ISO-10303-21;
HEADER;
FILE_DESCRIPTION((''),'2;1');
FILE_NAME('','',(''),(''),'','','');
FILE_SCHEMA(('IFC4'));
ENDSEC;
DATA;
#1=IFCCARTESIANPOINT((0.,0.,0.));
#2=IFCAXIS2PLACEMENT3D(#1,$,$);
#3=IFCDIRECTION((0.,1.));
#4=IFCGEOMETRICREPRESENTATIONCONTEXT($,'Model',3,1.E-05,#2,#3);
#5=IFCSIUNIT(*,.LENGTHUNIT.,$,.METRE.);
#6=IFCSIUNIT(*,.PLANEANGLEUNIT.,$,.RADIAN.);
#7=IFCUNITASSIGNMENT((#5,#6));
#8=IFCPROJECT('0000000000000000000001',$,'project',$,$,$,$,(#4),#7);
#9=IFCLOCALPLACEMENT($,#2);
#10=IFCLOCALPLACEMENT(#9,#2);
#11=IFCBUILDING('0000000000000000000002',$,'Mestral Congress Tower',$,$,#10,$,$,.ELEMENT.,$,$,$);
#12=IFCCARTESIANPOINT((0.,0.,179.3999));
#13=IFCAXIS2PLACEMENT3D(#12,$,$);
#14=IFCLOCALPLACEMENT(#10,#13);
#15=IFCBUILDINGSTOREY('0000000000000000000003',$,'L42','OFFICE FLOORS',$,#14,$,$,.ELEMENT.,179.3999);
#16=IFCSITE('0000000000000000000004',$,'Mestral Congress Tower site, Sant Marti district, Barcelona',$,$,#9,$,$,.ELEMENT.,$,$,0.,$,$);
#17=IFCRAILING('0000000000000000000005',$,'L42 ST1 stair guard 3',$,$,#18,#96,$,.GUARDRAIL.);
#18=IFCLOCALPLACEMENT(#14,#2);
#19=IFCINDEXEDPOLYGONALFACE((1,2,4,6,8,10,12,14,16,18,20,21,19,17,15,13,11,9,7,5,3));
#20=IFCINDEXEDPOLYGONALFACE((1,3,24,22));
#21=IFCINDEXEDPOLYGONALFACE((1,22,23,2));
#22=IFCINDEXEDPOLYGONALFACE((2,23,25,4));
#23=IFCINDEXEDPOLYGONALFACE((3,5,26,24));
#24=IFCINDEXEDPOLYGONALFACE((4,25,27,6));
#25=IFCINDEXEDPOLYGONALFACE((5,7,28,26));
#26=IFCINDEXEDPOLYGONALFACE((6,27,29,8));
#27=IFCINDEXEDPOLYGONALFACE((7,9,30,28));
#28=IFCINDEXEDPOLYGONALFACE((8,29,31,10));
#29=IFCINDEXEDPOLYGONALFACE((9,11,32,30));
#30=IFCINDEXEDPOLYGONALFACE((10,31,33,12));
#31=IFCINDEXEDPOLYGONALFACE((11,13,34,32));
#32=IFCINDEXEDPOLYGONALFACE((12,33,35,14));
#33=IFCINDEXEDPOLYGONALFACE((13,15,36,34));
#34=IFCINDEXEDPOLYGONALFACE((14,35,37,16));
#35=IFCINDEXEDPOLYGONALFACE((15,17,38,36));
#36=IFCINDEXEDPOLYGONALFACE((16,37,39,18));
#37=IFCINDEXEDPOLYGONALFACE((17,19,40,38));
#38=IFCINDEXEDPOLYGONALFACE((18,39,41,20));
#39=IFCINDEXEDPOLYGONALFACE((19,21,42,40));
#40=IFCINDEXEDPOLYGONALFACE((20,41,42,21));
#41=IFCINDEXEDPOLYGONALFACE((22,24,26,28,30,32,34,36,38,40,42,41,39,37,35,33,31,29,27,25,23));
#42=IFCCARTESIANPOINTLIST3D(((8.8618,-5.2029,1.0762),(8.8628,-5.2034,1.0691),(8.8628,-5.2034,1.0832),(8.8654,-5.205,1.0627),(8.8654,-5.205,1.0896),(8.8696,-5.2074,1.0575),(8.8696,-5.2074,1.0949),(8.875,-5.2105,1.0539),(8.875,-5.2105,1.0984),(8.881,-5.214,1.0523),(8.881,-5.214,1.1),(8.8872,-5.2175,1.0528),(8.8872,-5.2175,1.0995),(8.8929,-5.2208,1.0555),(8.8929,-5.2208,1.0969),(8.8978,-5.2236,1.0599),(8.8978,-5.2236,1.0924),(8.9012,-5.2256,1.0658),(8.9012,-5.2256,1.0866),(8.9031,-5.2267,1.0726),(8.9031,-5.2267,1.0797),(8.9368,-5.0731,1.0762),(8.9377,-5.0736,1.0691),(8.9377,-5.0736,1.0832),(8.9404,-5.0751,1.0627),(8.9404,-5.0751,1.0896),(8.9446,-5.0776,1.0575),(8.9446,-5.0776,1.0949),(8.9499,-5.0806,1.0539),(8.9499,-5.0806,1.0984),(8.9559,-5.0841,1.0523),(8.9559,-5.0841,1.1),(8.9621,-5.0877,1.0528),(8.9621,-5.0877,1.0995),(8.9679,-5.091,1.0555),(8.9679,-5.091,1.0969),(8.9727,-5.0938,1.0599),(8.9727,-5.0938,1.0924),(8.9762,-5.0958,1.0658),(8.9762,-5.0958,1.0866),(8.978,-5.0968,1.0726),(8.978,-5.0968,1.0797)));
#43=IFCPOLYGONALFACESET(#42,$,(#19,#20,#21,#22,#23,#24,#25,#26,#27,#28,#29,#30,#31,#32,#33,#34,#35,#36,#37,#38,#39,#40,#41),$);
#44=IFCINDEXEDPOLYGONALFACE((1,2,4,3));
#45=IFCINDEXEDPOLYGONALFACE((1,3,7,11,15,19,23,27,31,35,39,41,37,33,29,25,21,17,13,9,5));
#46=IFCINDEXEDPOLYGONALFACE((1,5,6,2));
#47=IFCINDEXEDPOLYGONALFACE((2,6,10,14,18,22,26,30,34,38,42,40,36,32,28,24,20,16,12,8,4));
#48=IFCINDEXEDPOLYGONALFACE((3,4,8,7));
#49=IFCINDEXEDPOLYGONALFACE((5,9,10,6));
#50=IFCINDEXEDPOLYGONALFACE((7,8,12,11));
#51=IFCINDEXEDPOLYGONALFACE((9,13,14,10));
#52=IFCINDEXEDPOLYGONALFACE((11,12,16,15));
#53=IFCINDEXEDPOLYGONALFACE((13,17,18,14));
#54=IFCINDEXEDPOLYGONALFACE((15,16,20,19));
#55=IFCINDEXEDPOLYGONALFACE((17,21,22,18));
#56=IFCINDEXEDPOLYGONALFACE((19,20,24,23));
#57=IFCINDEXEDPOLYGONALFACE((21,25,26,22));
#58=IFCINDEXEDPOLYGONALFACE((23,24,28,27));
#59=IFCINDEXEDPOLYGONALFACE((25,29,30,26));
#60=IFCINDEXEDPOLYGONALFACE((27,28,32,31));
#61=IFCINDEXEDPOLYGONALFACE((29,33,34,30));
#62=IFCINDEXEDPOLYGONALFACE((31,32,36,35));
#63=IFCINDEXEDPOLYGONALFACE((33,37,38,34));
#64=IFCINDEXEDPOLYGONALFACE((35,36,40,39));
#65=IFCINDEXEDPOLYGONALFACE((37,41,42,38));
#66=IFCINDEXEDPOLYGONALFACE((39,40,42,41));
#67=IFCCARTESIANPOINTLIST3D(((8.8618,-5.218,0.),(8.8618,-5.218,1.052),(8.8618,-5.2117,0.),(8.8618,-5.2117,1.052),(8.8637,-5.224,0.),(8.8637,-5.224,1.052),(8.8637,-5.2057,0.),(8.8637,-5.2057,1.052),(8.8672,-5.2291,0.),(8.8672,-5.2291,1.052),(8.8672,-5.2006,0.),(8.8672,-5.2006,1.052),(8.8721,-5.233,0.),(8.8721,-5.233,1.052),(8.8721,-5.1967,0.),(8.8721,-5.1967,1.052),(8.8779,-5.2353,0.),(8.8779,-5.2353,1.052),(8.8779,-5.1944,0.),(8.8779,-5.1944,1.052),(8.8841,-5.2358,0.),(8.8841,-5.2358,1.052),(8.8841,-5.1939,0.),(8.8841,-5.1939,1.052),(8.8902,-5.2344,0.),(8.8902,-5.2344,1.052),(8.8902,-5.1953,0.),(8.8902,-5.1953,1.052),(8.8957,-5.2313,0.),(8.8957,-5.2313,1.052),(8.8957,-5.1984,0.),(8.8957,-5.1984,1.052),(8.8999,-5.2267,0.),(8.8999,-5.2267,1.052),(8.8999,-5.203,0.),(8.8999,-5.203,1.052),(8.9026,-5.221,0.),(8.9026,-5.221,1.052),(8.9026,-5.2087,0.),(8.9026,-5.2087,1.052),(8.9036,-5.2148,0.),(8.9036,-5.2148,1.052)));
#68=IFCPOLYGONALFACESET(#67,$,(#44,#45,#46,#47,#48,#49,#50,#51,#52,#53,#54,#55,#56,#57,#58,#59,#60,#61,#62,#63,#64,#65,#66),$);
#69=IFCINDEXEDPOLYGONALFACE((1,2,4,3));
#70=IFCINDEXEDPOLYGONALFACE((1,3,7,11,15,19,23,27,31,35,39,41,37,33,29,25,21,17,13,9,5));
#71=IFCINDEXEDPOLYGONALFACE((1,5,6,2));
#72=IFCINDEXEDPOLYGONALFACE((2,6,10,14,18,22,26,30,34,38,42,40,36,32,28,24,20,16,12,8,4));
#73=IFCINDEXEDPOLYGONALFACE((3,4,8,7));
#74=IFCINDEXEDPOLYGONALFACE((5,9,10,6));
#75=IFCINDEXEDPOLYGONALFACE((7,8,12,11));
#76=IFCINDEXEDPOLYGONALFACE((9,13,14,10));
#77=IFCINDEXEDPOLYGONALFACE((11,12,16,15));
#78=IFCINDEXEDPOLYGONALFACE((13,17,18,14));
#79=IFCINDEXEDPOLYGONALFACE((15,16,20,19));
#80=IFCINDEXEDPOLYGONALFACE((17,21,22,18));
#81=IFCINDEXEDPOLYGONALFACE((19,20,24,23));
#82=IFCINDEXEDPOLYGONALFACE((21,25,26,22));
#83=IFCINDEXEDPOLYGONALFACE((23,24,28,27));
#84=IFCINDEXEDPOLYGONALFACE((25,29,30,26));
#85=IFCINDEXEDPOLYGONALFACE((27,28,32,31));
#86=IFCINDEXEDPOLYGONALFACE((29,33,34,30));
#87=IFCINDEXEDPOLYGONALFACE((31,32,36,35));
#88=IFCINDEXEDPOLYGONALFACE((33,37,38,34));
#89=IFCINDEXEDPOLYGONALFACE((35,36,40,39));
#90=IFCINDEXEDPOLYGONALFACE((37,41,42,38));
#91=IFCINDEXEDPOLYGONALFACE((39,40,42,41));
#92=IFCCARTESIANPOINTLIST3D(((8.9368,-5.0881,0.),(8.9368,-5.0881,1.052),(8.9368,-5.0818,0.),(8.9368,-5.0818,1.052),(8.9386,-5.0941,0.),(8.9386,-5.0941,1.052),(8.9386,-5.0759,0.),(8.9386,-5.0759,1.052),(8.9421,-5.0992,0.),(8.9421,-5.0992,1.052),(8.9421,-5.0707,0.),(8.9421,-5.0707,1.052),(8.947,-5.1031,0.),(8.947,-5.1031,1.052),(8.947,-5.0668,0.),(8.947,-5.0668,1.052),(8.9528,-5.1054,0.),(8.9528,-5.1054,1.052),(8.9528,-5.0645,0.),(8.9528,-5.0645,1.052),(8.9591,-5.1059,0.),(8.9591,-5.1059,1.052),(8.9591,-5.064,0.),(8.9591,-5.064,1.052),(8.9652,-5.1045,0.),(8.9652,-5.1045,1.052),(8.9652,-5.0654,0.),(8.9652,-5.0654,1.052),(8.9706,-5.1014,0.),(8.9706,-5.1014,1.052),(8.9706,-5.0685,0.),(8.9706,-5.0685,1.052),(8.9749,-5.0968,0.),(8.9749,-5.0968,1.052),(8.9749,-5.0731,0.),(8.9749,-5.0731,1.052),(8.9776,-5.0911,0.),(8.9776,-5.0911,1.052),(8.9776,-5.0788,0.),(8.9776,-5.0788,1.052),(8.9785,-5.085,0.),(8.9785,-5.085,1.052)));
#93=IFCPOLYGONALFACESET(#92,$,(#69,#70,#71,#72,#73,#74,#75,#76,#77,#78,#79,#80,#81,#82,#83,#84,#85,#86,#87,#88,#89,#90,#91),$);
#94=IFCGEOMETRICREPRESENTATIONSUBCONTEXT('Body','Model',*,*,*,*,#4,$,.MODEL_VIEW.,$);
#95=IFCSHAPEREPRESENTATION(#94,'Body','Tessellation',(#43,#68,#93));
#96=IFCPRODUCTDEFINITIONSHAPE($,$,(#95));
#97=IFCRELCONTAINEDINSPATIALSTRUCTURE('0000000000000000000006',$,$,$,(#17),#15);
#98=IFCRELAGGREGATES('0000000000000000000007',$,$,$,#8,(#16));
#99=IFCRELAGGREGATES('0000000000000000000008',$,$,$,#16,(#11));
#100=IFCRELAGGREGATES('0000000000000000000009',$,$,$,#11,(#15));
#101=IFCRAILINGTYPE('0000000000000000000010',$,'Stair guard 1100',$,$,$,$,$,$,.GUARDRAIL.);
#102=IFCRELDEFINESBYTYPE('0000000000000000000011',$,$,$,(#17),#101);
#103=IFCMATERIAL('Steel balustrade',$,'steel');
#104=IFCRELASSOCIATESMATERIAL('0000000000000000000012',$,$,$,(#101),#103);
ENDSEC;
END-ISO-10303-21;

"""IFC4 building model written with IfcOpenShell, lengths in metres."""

from ifc_helpers import new_model, si_unit, direction, frame, origin, origin_2d, place, context, subcontext, project, spatial, circle, extrude, material, type_object, element, save


model = new_model("IFC4")

# Units and contexts
model_context = context("Model", 3, precision=1e-05, world=origin(), true_north=direction((0.0, 1.0)))
body_context = subcontext(model_context, "Body", "Model", "MODEL_VIEW")
ifc_project = project(units=[si_unit("LENGTHUNIT", "METRE"), si_unit("PLANEANGLEUNIT", "RADIAN")], contexts=[model_context])

# Site, building, storey
site_placement = place(None, origin())
site = spatial("IfcSite", under=ifc_project, at=site_placement, Name="Mestral Congress Tower site, Sant Marti district, Barcelona", CompositionType="ELEMENT", RefElevation=0.0)
building_placement = place(site_placement, origin())
building = spatial("IfcBuilding", under=site, at=building_placement, Name="Mestral Congress Tower", CompositionType="ELEMENT")
storey_placement = place(building_placement, frame((0.0, 0.0, 179.3999)))
storey = spatial("IfcBuildingStorey", under=building, at=storey_placement, Name="L42", Description="OFFICE FLOORS", CompositionType="ELEMENT", Elevation=179.3999)

# Railing
ifc_material_1 = material(Name="Steel balustrade", Category="steel")
railing_type_1 = type_object("IfcRailingType", Name="Stair guard 1100", PredefinedType="GUARDRAIL", material=ifc_material_1)
railing_1_placement = place(storey_placement, frame((8.8826, -5.2148, 0.0)))
element("IfcRailing", 1, at=railing_1_placement, inside=storey, type_object=railing_type_1, Name="L42 ST1 stair guard 3", PredefinedType="GUARDRAIL", context=body_context, shape_type="SweptSolid", body=[
    extrude(circle(Radius=0.0239, at=origin_2d()), frame((0.0, 0.0, 1.0762), z_axis=(0.499816, 0.866131, 0.0), x_axis=(-0.866131, 0.499816, 0.0)), (0.0, 0.0, 1.0), 0.1499),
    extrude(circle(Radius=0.021, at=origin_2d()), origin(), (0.0, 0.0, 1.0), 1.052),
    extrude(circle(Radius=0.021, at=origin_2d()), frame((0.075, 0.1299, 0.0)), (0.0, 0.0, 1.0), 1.052),
])

save(model, "model.ifc")
